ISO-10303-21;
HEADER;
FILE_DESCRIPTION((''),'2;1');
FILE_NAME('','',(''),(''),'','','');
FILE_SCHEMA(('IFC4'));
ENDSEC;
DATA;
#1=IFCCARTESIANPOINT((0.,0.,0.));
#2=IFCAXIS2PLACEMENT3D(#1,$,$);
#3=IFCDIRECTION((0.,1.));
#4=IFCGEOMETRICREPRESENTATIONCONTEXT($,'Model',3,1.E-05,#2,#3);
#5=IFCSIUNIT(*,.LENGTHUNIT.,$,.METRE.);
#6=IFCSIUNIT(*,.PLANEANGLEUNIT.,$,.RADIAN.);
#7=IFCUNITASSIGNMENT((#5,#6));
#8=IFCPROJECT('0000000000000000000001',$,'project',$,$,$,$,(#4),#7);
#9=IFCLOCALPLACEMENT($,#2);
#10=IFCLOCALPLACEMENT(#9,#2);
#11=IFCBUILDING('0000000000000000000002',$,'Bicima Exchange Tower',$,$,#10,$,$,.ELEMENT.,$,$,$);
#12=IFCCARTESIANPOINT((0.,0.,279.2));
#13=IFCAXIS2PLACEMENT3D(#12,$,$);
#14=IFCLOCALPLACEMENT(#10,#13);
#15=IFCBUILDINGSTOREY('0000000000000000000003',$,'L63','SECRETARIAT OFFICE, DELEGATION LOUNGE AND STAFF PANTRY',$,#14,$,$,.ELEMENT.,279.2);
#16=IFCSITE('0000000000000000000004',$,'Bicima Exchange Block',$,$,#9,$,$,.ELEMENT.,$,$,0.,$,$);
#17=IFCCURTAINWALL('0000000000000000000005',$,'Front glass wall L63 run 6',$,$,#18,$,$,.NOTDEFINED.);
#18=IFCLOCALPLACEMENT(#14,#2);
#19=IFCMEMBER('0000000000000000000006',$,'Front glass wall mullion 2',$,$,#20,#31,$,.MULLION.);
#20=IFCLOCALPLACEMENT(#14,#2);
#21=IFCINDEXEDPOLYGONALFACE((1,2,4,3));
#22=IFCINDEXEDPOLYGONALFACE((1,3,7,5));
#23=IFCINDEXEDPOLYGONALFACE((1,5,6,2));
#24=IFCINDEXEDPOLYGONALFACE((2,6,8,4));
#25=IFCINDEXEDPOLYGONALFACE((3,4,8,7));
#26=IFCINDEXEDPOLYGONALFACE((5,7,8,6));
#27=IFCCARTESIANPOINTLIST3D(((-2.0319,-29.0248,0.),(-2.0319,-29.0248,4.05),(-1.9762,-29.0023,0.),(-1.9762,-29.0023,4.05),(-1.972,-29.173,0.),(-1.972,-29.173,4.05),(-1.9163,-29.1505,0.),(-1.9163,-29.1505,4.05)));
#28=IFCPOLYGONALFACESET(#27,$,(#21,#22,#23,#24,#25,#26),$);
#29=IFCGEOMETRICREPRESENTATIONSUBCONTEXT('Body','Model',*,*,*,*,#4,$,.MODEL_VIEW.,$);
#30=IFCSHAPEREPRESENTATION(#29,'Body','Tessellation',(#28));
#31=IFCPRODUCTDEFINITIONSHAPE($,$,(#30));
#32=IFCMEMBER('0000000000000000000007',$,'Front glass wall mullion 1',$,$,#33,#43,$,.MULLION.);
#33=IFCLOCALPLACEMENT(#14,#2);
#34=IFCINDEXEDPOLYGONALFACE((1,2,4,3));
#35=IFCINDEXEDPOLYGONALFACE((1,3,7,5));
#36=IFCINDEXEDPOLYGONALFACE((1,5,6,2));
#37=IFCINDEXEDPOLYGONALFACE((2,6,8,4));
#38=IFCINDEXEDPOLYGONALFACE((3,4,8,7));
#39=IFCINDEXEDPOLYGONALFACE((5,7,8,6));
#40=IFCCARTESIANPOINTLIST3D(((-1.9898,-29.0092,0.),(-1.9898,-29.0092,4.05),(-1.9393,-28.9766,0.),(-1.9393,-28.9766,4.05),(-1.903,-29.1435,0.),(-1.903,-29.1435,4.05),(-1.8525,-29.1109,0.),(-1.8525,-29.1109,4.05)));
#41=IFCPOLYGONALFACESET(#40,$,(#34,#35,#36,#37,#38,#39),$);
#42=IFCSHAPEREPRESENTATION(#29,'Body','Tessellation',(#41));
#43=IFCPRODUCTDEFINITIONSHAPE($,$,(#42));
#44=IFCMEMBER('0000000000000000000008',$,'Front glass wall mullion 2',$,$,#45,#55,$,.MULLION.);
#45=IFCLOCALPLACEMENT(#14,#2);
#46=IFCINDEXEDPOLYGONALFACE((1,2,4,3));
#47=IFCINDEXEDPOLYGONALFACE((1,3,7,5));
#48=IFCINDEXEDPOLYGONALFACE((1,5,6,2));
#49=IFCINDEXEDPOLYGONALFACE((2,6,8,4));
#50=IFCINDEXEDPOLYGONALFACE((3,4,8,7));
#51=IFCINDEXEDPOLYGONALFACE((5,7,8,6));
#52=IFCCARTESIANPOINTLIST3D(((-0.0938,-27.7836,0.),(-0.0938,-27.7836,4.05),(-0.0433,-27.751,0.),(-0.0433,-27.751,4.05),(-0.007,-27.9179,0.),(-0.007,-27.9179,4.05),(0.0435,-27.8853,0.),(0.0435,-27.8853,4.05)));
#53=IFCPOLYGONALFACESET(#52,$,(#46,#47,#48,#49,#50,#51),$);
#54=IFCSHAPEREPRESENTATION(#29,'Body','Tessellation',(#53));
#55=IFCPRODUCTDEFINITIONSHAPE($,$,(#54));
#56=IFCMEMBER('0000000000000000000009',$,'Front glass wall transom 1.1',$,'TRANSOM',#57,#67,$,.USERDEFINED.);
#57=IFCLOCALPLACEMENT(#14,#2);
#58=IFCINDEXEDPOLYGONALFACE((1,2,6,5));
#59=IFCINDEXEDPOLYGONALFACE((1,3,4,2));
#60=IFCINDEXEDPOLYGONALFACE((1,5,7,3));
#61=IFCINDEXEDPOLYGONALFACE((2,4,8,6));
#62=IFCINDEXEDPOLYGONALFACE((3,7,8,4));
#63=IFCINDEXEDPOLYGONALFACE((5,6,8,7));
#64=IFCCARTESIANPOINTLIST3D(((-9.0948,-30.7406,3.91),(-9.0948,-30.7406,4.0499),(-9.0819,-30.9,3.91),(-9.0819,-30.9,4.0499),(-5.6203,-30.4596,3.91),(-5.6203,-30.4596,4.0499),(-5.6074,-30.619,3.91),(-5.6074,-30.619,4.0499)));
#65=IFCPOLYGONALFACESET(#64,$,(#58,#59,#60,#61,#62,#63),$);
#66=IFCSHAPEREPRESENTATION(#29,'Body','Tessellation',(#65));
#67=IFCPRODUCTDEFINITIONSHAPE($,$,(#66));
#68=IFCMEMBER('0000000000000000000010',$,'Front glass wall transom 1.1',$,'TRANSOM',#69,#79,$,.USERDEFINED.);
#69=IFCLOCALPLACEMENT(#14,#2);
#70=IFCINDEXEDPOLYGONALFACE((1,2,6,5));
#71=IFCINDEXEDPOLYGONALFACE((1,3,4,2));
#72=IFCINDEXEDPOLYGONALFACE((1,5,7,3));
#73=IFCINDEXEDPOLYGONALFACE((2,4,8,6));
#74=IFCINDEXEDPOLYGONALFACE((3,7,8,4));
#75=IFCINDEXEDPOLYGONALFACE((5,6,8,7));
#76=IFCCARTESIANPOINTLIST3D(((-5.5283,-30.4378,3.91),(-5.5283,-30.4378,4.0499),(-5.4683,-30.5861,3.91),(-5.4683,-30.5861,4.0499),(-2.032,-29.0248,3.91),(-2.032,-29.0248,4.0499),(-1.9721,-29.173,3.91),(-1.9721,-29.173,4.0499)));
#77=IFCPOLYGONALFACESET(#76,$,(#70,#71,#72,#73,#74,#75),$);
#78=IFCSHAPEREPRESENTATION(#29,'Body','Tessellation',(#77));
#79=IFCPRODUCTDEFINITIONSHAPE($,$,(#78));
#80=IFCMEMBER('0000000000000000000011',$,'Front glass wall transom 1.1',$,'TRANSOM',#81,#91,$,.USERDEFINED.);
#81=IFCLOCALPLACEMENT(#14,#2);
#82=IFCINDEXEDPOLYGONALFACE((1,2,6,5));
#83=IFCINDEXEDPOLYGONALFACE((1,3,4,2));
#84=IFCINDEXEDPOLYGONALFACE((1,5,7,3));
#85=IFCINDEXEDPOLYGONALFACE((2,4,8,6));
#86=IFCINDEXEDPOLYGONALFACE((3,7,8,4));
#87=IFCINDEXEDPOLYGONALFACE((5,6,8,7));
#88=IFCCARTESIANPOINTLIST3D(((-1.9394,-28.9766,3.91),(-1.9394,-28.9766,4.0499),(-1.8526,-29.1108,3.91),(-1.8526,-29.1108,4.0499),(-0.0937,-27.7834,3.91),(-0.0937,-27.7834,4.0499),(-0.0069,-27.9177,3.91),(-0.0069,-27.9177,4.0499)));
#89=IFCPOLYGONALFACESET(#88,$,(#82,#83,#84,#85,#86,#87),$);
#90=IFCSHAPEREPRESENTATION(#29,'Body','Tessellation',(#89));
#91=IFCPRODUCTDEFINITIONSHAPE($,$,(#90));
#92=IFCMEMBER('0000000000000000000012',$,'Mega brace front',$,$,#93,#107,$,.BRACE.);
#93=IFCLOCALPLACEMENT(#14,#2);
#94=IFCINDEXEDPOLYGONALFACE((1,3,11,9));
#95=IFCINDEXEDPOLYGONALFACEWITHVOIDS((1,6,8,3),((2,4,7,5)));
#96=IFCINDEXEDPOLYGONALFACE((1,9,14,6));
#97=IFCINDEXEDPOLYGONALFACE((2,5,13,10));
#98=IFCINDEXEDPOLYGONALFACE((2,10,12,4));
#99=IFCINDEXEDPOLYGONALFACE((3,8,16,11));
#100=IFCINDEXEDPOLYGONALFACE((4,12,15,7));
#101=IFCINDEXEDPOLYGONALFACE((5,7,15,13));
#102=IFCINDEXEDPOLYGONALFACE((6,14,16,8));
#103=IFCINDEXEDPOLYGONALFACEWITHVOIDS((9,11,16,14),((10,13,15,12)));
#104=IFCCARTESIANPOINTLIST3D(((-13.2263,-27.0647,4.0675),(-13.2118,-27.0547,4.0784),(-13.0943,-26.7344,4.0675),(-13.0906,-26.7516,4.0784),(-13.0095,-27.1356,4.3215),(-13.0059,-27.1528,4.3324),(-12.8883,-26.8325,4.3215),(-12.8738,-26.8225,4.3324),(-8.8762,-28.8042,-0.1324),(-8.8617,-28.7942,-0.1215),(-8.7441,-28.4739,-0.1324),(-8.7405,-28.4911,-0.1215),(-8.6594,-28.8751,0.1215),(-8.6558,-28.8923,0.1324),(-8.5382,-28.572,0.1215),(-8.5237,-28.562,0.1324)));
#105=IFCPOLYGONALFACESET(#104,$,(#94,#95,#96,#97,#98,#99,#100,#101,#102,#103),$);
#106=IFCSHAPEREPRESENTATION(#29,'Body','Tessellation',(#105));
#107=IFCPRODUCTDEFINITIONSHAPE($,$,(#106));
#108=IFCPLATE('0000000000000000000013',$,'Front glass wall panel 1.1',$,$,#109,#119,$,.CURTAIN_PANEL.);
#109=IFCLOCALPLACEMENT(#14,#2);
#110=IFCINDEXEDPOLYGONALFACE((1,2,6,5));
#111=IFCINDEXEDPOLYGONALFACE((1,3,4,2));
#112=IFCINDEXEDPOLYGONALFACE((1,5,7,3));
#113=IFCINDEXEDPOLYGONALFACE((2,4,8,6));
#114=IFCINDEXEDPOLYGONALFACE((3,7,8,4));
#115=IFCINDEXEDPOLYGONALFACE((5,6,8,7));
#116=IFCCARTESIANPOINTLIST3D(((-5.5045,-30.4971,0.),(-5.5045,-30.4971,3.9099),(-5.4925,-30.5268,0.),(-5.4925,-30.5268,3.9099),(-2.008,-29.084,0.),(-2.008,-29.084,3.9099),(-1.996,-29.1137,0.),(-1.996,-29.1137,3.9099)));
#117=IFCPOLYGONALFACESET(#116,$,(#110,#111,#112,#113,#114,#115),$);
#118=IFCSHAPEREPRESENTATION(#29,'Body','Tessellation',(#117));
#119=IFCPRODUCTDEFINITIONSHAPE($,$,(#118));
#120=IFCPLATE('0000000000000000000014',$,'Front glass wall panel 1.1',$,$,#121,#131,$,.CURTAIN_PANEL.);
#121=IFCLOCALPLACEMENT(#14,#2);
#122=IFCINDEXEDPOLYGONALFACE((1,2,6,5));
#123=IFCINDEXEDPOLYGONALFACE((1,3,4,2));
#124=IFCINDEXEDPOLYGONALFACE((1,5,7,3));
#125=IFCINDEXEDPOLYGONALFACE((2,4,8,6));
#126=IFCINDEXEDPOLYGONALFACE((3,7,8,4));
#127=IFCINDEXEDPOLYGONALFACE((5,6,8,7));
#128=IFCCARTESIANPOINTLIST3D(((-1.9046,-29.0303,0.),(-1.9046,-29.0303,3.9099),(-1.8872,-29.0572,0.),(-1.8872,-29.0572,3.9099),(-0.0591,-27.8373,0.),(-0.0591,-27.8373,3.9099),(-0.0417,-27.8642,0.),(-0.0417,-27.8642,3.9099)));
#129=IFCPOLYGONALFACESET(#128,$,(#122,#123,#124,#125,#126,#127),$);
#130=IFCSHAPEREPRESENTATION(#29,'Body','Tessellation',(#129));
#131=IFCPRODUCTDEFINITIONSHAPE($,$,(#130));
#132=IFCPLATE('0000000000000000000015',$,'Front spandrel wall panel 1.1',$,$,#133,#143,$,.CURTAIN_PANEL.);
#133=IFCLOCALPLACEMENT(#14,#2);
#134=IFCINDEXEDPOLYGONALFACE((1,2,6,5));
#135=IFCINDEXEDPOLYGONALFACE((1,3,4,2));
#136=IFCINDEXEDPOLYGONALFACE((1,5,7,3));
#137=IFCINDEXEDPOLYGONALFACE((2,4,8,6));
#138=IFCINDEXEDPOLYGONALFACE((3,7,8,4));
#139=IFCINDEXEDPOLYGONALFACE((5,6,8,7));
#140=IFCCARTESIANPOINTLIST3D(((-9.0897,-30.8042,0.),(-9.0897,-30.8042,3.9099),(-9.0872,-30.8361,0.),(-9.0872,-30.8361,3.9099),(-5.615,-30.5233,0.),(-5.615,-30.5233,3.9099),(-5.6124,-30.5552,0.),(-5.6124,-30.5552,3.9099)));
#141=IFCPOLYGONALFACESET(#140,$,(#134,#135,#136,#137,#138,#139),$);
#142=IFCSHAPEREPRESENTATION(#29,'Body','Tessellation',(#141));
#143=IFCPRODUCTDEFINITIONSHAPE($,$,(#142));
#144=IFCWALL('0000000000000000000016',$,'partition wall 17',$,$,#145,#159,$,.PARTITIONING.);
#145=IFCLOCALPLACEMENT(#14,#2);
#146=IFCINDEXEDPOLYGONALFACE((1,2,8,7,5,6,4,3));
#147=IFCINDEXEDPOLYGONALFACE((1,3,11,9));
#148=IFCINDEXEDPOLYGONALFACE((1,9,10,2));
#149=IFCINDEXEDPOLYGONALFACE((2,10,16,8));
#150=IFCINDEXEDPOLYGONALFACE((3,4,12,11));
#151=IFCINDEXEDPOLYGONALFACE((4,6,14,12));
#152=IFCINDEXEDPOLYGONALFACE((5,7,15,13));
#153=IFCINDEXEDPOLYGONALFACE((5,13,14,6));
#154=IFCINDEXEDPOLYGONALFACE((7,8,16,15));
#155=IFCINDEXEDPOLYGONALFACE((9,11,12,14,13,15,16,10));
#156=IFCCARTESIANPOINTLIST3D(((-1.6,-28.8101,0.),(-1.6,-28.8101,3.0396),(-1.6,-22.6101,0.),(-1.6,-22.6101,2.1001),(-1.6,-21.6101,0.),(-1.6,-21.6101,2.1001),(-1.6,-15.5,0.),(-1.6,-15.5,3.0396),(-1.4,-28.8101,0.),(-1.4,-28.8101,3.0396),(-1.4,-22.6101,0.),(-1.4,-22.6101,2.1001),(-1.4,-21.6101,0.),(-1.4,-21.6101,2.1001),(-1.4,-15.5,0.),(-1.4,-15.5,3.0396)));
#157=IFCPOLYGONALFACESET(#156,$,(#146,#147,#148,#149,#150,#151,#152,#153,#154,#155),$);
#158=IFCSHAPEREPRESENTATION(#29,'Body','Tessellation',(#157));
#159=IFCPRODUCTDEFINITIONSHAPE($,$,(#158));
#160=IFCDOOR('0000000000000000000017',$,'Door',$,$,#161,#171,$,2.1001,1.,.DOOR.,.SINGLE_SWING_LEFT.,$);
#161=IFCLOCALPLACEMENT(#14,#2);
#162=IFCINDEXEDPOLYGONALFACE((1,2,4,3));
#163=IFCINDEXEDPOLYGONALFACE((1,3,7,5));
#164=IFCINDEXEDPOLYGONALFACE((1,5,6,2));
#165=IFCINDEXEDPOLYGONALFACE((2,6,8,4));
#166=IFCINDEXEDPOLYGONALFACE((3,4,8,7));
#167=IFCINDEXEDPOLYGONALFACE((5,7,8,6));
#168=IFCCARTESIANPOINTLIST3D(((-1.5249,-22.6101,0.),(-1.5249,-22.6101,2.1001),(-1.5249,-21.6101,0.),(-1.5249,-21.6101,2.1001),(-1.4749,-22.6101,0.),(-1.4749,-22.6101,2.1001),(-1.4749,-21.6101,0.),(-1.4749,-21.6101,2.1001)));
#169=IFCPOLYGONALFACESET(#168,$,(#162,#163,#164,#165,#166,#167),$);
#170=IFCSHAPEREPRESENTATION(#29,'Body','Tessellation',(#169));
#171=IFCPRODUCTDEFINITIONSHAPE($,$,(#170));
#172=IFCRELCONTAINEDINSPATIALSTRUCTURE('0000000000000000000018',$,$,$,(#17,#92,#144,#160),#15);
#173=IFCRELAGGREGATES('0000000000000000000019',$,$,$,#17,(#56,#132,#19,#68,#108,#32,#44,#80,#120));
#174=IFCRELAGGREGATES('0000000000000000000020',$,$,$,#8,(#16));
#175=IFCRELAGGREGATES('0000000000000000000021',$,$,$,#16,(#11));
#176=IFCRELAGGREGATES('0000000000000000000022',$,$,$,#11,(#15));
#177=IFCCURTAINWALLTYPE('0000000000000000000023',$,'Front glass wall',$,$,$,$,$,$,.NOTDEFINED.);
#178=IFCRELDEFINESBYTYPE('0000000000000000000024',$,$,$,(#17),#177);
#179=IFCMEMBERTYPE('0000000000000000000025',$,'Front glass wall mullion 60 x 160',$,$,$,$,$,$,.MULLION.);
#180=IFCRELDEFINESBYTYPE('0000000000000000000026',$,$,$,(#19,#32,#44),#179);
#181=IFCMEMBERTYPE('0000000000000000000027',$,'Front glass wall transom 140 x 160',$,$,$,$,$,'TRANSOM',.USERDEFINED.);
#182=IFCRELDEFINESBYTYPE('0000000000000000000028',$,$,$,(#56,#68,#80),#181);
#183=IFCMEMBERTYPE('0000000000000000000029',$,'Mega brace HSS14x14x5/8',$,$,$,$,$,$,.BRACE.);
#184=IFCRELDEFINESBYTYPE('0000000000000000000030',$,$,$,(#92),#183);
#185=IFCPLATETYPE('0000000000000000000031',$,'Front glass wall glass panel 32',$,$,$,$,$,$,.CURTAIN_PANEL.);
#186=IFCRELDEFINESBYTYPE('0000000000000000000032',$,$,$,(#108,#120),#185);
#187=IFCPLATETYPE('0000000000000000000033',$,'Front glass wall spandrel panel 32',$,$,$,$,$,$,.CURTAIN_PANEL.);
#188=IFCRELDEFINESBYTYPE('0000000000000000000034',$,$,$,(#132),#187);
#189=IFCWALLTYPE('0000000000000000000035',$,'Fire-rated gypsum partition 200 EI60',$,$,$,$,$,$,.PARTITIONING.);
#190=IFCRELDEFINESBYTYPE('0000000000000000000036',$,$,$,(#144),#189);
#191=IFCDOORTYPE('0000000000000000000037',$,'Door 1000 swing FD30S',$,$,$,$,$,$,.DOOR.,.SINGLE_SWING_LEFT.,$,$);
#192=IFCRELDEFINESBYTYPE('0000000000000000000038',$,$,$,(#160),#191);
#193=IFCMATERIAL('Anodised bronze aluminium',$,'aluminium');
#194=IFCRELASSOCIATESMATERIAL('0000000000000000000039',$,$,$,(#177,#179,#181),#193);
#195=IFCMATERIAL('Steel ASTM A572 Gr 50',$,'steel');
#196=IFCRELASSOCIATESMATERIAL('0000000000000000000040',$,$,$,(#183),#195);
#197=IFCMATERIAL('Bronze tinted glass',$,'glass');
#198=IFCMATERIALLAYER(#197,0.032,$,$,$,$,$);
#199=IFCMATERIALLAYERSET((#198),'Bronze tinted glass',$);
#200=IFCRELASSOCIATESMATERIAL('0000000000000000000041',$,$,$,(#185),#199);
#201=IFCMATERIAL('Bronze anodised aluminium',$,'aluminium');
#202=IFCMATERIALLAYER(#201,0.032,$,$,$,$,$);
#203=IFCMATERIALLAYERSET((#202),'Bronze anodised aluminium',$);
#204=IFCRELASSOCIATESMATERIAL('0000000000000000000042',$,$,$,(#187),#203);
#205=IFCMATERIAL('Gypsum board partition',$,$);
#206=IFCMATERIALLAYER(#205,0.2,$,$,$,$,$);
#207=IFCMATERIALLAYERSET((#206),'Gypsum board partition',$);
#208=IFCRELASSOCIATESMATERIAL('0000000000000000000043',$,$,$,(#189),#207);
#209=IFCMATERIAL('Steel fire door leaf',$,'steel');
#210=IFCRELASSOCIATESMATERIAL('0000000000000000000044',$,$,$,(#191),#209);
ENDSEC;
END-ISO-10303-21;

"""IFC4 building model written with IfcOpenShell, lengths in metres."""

from ifc_helpers import new_model, si_unit, direction, frame, frame_2d, origin, origin_2d, place, context, subcontext, project, spatial, rectangle, hollow_rectangle, extrude, material, layer, layer_set, material_profile, profile_set, type_object, element, fill, aggregate, save


model = new_model("IFC4")

# Units and contexts
model_context = context("Model", 3, precision=1e-05, world=origin(), true_north=direction((0.0, 1.0)))
body_context = subcontext(model_context, "Body", "Model", "MODEL_VIEW")
ifc_project = project(units=[si_unit("LENGTHUNIT", "METRE"), si_unit("PLANEANGLEUNIT", "RADIAN")], contexts=[model_context])

# Site, building, storey
site_placement = place(None, origin())
site = spatial("IfcSite", under=ifc_project, at=site_placement, Name="Bicima Exchange Block", CompositionType="ELEMENT", RefElevation=0.0)
building_placement = place(site_placement, origin())
building = spatial("IfcBuilding", under=site, at=building_placement, Name="Bicima Exchange Tower", CompositionType="ELEMENT")
storey_placement = place(building_placement, frame((0.0, 0.0, 279.2)))
storey = spatial("IfcBuildingStorey", under=building, at=storey_placement, Name="L63", Description="SECRETARIAT OFFICE, DELEGATION LOUNGE AND STAFF PANTRY", CompositionType="ELEMENT", Elevation=279.2)

# Curtain wall, members
ifc_material_1 = material(Name="Anodised bronze aluminium", Category="aluminium")
curtain_wall_type = type_object("IfcCurtainWallType", Name="Front glass wall", PredefinedType="NOTDEFINED", material=ifc_material_1)
curtain_wall_placement = place(storey_placement, origin())
curtain_wall = element("IfcCurtainWall", 1, at=curtain_wall_placement, inside=storey, type_object=curtain_wall_type, Name="Front glass wall L63 run 6", PredefinedType="NOTDEFINED")
ifc_material_profile_1 = material_profile(ifc_material_1, rectangle(XDim=0.1599, YDim=0.0601, at=origin_2d()))
ifc_profile_set_1 = profile_set([ifc_material_profile_1], Name="Anodised bronze aluminium")
member_type_1 = type_object("IfcMemberType", Name="Front glass wall mullion 60 x 160", PredefinedType="MULLION", material=ifc_profile_set_1)
member_1_placement = place(storey_placement, frame((-1.9741, -29.0876, 0.0), z_axis=(0.0, 0.0, 1.0), x_axis=(-0.374705, 0.927144, 0.0)))
member_1 = element("IfcMember", 2, at=member_1_placement, type_object=member_type_1, Name="Front glass wall mullion 2", PredefinedType="MULLION", context=body_context, shape_type="SweptSolid", body=[
    extrude(rectangle(XDim=0.1599, YDim=0.0601, at=origin_2d()), origin(), (0.0, 0.0, 1.0), 4.05),
])
member_2_placement = place(storey_placement, frame((-1.9211, -29.0601, 0.0), z_axis=(0.0, 0.0, 1.0), x_axis=(-0.542897, 0.839799, 0.0)))
member_2 = element("IfcMember", 3, at=member_2_placement, type_object=member_type_1, Name="Front glass wall mullion 1", PredefinedType="MULLION", context=body_context, shape_type="SweptSolid", body=[
    extrude(rectangle(XDim=0.1599, YDim=0.0601, at=origin_2d()), origin(), (0.0, 0.0, 1.0), 4.05),
])
member_3_placement = place(storey_placement, frame((-0.0251, -27.8345, 0.0), z_axis=(0.0, 0.0, 1.0), x_axis=(-0.542897, 0.839799, 0.0)))
member_3 = element("IfcMember", 4, at=member_3_placement, type_object=member_type_1, Name="Front glass wall mullion 2", PredefinedType="MULLION", context=body_context, shape_type="SweptSolid", body=[
    extrude(rectangle(XDim=0.1599, YDim=0.0601, at=origin_2d()), origin(), (0.0, 0.0, 1.0), 4.05),
])
ifc_material_profile_2 = material_profile(ifc_material_1, rectangle(XDim=0.1599, YDim=0.1399, at=origin_2d()))
ifc_profile_set_2 = profile_set([ifc_material_profile_2], Name="Anodised bronze aluminium")
member_type_2 = type_object("IfcMemberType", Name="Front glass wall transom 140 x 160", ElementType="TRANSOM", PredefinedType="USERDEFINED", material=ifc_profile_set_2)
member_4_placement = place(storey_placement, frame((-9.0884, -30.8203, 3.98), z_axis=(0.996746, 0.080611, 0.0), x_axis=(-0.080611, 0.996746, 0.0)))
member_4 = element("IfcMember", 5, at=member_4_placement, type_object=member_type_2, Name="Front glass wall transom 1.1", ObjectType="TRANSOM", PredefinedType="USERDEFINED", context=body_context, shape_type="SweptSolid", body=[
    extrude(rectangle(XDim=0.1599, YDim=0.1399, at=origin_2d()), origin(), (0.0, 0.0, 1.0), 3.4858),
])
member_5_placement = place(storey_placement, frame((-5.4983, -30.512, 3.98), z_axis=(0.92714, 0.374715, 0.0), x_axis=(-0.374715, 0.92714, 0.0)))
member_5 = element("IfcMember", 6, at=member_5_placement, type_object=member_type_2, Name="Front glass wall transom 1.1", ObjectType="TRANSOM", PredefinedType="USERDEFINED", context=body_context, shape_type="SweptSolid", body=[
    extrude(rectangle(XDim=0.1599, YDim=0.1399, at=origin_2d()), origin(), (0.0, 0.0, 1.0), 3.771),
])
member_6_placement = place(storey_placement, frame((-1.896, -29.0437, 3.98), z_axis=(0.839811, 0.542878, 0.0), x_axis=(-0.542878, 0.839811, 0.0)))
member_6 = element("IfcMember", 7, at=member_6_placement, type_object=member_type_2, Name="Front glass wall transom 1.1", ObjectType="TRANSOM", PredefinedType="USERDEFINED", context=body_context, shape_type="SweptSolid", body=[
    extrude(rectangle(XDim=0.1599, YDim=0.1399, at=origin_2d()), origin(), (0.0, 0.0, 1.0), 2.1978),
])

# Member
ifc_material_2 = material(Name="Steel ASTM A572 Gr 50", Category="steel")
ifc_material_profile_3 = material_profile(ifc_material_2, hollow_rectangle(XDim=0.3557, YDim=0.3557, WallThickness=0.0146, at=origin_2d()))
ifc_profile_set_3 = profile_set([ifc_material_profile_3], Name="Steel ASTM A572 Gr 50")
member_type_3 = type_object("IfcMemberType", Name="Mega brace HSS14x14x5/8", PredefinedType="BRACE", material=ifc_profile_set_3)
member_7_placement = place(storey_placement, frame((-8.7, -28.6831, 0.0), z_axis=(-0.691374, 0.276464, 0.66751), x_axis=(-0.371292, -0.928516, 0.0)))
element("IfcMember", 8, at=member_7_placement, inside=storey, type_object=member_type_3, Name="Mega brace front", PredefinedType="BRACE", context=body_context, shape_type="SweptSolid", body=[
    extrude(hollow_rectangle(XDim=0.3557, YDim=0.3557, WallThickness=0.0146, at=origin_2d()), origin(), (0.0, 0.0, 1.0), 6.292),
])

# Plates
ifc_material_3 = material(Name="Bronze tinted glass", Category="glass")
ifc_layer_1 = layer(ifc_material_3, 0.032)
ifc_layer_set_1 = layer_set([ifc_layer_1], Name="Bronze tinted glass")
plate_type_1 = type_object("IfcPlateType", Name="Front glass wall glass panel 32", PredefinedType="CURTAIN_PANEL", material=ifc_layer_set_1)
plate_1_placement = place(storey_placement, frame((-3.7502, -29.8054, 0.0), z_axis=(0.0, 0.0, 1.0), x_axis=(0.927144, 0.374705, 0.0)))
plate_1 = element("IfcPlate", 9, at=plate_1_placement, type_object=plate_type_1, Name="Front glass wall panel 1.1", PredefinedType="CURTAIN_PANEL", context=body_context, shape_type="SweptSolid", body=[
    extrude(rectangle(XDim=3.7712, YDim=0.032, at=origin_2d()), origin(), (0.0, 0.0, 1.0), 3.9099),
])
plate_2_placement = place(storey_placement, frame((-0.9731, -28.4473, 0.0), z_axis=(0.0, 0.0, 1.0), x_axis=(0.839799, 0.542897, 0.0)))
plate_2 = element("IfcPlate", 10, at=plate_2_placement, type_object=plate_type_1, Name="Front glass wall panel 1.1", PredefinedType="CURTAIN_PANEL", context=body_context, shape_type="SweptSolid", body=[
    extrude(rectangle(XDim=2.1975, YDim=0.032, at=origin_2d()), origin(), (0.0, 0.0, 1.0), 3.9099),
])
ifc_material_4 = material(Name="Bronze anodised aluminium", Category="aluminium")
ifc_layer_2 = layer(ifc_material_4, 0.032)
ifc_layer_set_2 = layer_set([ifc_layer_2], Name="Bronze anodised aluminium")
plate_type_2 = type_object("IfcPlateType", Name="Front glass wall spandrel panel 32", PredefinedType="CURTAIN_PANEL", material=ifc_layer_set_2)
plate_3_placement = place(storey_placement, frame((-7.3511, -30.6797, 0.0), z_axis=(0.0, 0.0, 1.0), x_axis=(0.996747, 0.080589, 0.0)))
plate_3 = element("IfcPlate", 11, at=plate_3_placement, type_object=plate_type_2, Name="Front spandrel wall panel 1.1", PredefinedType="CURTAIN_PANEL", context=body_context, shape_type="SweptSolid", body=[
    extrude(rectangle(XDim=3.4861, YDim=0.032, at=origin_2d()), origin(), (0.0, 0.0, 1.0), 3.9099),
])
aggregate(curtain_wall, [member_4, plate_3, member_1, member_5, plate_1, member_2, member_3, member_6, plate_2])

# Wall, opening, door
ifc_material_5 = material(Name="Gypsum board partition")
ifc_layer_3 = layer(ifc_material_5, 0.2)
ifc_layer_set_3 = layer_set([ifc_layer_3], Name="Gypsum board partition")
wall_type_1 = type_object("IfcWallType", Name="Fire-rated gypsum partition 200 EI60", PredefinedType="PARTITIONING", material=ifc_layer_set_3)
wall_1_placement = place(storey_placement, frame((-1.5, -28.8101, 0.0), z_axis=(0.0, 0.0, 1.0), x_axis=(0.0, 1.0, 0.0)))
wall_1 = element("IfcWall", 12, at=wall_1_placement, inside=storey, type_object=wall_type_1, Name="partition wall 17", PredefinedType="PARTITIONING", context=body_context, shape_type="SweptSolid", body=[
    extrude(rectangle(XDim=13.3101, YDim=0.2, at=frame_2d((6.655, 0.0))), origin(), (0.0, 0.0, 1.0), 3.0396),
])
opening_placement = place(wall_1_placement, frame((6.2, 0.0, 0.0)))
opening = element("IfcOpeningElement", 13, at=opening_placement, cuts=wall_1, PredefinedType="OPENING", context=body_context, shape_type="SweptSolid", body=[
    extrude(rectangle(XDim=1.0, YDim=2.1001, at=frame_2d((0.5, 1.05))), frame((0.0, 0.1118, 0.0), z_axis=(0.0, -1.0, 0.0), x_axis=(1.0, 0.0, 0.0)), (0.0, 0.0, 1.0), 0.2239),
])
ifc_material_6 = material(Name="Steel fire door leaf", Category="steel")
door_type = type_object("IfcDoorType", Name="Door 1000 swing FD30S", OperationType="SINGLE_SWING_LEFT", PredefinedType="DOOR", material=ifc_material_6)
door_placement = place(opening_placement, origin())
door = element("IfcDoor", 14, at=door_placement, inside=storey, type_object=door_type, Name="Door", OperationType="SINGLE_SWING_LEFT", OverallHeight=2.1001, OverallWidth=1.0, PredefinedType="DOOR", context=body_context, shape_type="SweptSolid", body=[
    extrude(rectangle(XDim=1.0, YDim=2.1001, at=frame_2d((0.5, 1.05))), frame((0.0, 0.0249, 0.0), z_axis=(0.0, -1.0, 0.0), x_axis=(1.0, 0.0, 0.0)), (0.0, 0.0, 1.0), 0.05),
])
fill(opening, door)

save(model, "model.ifc")
